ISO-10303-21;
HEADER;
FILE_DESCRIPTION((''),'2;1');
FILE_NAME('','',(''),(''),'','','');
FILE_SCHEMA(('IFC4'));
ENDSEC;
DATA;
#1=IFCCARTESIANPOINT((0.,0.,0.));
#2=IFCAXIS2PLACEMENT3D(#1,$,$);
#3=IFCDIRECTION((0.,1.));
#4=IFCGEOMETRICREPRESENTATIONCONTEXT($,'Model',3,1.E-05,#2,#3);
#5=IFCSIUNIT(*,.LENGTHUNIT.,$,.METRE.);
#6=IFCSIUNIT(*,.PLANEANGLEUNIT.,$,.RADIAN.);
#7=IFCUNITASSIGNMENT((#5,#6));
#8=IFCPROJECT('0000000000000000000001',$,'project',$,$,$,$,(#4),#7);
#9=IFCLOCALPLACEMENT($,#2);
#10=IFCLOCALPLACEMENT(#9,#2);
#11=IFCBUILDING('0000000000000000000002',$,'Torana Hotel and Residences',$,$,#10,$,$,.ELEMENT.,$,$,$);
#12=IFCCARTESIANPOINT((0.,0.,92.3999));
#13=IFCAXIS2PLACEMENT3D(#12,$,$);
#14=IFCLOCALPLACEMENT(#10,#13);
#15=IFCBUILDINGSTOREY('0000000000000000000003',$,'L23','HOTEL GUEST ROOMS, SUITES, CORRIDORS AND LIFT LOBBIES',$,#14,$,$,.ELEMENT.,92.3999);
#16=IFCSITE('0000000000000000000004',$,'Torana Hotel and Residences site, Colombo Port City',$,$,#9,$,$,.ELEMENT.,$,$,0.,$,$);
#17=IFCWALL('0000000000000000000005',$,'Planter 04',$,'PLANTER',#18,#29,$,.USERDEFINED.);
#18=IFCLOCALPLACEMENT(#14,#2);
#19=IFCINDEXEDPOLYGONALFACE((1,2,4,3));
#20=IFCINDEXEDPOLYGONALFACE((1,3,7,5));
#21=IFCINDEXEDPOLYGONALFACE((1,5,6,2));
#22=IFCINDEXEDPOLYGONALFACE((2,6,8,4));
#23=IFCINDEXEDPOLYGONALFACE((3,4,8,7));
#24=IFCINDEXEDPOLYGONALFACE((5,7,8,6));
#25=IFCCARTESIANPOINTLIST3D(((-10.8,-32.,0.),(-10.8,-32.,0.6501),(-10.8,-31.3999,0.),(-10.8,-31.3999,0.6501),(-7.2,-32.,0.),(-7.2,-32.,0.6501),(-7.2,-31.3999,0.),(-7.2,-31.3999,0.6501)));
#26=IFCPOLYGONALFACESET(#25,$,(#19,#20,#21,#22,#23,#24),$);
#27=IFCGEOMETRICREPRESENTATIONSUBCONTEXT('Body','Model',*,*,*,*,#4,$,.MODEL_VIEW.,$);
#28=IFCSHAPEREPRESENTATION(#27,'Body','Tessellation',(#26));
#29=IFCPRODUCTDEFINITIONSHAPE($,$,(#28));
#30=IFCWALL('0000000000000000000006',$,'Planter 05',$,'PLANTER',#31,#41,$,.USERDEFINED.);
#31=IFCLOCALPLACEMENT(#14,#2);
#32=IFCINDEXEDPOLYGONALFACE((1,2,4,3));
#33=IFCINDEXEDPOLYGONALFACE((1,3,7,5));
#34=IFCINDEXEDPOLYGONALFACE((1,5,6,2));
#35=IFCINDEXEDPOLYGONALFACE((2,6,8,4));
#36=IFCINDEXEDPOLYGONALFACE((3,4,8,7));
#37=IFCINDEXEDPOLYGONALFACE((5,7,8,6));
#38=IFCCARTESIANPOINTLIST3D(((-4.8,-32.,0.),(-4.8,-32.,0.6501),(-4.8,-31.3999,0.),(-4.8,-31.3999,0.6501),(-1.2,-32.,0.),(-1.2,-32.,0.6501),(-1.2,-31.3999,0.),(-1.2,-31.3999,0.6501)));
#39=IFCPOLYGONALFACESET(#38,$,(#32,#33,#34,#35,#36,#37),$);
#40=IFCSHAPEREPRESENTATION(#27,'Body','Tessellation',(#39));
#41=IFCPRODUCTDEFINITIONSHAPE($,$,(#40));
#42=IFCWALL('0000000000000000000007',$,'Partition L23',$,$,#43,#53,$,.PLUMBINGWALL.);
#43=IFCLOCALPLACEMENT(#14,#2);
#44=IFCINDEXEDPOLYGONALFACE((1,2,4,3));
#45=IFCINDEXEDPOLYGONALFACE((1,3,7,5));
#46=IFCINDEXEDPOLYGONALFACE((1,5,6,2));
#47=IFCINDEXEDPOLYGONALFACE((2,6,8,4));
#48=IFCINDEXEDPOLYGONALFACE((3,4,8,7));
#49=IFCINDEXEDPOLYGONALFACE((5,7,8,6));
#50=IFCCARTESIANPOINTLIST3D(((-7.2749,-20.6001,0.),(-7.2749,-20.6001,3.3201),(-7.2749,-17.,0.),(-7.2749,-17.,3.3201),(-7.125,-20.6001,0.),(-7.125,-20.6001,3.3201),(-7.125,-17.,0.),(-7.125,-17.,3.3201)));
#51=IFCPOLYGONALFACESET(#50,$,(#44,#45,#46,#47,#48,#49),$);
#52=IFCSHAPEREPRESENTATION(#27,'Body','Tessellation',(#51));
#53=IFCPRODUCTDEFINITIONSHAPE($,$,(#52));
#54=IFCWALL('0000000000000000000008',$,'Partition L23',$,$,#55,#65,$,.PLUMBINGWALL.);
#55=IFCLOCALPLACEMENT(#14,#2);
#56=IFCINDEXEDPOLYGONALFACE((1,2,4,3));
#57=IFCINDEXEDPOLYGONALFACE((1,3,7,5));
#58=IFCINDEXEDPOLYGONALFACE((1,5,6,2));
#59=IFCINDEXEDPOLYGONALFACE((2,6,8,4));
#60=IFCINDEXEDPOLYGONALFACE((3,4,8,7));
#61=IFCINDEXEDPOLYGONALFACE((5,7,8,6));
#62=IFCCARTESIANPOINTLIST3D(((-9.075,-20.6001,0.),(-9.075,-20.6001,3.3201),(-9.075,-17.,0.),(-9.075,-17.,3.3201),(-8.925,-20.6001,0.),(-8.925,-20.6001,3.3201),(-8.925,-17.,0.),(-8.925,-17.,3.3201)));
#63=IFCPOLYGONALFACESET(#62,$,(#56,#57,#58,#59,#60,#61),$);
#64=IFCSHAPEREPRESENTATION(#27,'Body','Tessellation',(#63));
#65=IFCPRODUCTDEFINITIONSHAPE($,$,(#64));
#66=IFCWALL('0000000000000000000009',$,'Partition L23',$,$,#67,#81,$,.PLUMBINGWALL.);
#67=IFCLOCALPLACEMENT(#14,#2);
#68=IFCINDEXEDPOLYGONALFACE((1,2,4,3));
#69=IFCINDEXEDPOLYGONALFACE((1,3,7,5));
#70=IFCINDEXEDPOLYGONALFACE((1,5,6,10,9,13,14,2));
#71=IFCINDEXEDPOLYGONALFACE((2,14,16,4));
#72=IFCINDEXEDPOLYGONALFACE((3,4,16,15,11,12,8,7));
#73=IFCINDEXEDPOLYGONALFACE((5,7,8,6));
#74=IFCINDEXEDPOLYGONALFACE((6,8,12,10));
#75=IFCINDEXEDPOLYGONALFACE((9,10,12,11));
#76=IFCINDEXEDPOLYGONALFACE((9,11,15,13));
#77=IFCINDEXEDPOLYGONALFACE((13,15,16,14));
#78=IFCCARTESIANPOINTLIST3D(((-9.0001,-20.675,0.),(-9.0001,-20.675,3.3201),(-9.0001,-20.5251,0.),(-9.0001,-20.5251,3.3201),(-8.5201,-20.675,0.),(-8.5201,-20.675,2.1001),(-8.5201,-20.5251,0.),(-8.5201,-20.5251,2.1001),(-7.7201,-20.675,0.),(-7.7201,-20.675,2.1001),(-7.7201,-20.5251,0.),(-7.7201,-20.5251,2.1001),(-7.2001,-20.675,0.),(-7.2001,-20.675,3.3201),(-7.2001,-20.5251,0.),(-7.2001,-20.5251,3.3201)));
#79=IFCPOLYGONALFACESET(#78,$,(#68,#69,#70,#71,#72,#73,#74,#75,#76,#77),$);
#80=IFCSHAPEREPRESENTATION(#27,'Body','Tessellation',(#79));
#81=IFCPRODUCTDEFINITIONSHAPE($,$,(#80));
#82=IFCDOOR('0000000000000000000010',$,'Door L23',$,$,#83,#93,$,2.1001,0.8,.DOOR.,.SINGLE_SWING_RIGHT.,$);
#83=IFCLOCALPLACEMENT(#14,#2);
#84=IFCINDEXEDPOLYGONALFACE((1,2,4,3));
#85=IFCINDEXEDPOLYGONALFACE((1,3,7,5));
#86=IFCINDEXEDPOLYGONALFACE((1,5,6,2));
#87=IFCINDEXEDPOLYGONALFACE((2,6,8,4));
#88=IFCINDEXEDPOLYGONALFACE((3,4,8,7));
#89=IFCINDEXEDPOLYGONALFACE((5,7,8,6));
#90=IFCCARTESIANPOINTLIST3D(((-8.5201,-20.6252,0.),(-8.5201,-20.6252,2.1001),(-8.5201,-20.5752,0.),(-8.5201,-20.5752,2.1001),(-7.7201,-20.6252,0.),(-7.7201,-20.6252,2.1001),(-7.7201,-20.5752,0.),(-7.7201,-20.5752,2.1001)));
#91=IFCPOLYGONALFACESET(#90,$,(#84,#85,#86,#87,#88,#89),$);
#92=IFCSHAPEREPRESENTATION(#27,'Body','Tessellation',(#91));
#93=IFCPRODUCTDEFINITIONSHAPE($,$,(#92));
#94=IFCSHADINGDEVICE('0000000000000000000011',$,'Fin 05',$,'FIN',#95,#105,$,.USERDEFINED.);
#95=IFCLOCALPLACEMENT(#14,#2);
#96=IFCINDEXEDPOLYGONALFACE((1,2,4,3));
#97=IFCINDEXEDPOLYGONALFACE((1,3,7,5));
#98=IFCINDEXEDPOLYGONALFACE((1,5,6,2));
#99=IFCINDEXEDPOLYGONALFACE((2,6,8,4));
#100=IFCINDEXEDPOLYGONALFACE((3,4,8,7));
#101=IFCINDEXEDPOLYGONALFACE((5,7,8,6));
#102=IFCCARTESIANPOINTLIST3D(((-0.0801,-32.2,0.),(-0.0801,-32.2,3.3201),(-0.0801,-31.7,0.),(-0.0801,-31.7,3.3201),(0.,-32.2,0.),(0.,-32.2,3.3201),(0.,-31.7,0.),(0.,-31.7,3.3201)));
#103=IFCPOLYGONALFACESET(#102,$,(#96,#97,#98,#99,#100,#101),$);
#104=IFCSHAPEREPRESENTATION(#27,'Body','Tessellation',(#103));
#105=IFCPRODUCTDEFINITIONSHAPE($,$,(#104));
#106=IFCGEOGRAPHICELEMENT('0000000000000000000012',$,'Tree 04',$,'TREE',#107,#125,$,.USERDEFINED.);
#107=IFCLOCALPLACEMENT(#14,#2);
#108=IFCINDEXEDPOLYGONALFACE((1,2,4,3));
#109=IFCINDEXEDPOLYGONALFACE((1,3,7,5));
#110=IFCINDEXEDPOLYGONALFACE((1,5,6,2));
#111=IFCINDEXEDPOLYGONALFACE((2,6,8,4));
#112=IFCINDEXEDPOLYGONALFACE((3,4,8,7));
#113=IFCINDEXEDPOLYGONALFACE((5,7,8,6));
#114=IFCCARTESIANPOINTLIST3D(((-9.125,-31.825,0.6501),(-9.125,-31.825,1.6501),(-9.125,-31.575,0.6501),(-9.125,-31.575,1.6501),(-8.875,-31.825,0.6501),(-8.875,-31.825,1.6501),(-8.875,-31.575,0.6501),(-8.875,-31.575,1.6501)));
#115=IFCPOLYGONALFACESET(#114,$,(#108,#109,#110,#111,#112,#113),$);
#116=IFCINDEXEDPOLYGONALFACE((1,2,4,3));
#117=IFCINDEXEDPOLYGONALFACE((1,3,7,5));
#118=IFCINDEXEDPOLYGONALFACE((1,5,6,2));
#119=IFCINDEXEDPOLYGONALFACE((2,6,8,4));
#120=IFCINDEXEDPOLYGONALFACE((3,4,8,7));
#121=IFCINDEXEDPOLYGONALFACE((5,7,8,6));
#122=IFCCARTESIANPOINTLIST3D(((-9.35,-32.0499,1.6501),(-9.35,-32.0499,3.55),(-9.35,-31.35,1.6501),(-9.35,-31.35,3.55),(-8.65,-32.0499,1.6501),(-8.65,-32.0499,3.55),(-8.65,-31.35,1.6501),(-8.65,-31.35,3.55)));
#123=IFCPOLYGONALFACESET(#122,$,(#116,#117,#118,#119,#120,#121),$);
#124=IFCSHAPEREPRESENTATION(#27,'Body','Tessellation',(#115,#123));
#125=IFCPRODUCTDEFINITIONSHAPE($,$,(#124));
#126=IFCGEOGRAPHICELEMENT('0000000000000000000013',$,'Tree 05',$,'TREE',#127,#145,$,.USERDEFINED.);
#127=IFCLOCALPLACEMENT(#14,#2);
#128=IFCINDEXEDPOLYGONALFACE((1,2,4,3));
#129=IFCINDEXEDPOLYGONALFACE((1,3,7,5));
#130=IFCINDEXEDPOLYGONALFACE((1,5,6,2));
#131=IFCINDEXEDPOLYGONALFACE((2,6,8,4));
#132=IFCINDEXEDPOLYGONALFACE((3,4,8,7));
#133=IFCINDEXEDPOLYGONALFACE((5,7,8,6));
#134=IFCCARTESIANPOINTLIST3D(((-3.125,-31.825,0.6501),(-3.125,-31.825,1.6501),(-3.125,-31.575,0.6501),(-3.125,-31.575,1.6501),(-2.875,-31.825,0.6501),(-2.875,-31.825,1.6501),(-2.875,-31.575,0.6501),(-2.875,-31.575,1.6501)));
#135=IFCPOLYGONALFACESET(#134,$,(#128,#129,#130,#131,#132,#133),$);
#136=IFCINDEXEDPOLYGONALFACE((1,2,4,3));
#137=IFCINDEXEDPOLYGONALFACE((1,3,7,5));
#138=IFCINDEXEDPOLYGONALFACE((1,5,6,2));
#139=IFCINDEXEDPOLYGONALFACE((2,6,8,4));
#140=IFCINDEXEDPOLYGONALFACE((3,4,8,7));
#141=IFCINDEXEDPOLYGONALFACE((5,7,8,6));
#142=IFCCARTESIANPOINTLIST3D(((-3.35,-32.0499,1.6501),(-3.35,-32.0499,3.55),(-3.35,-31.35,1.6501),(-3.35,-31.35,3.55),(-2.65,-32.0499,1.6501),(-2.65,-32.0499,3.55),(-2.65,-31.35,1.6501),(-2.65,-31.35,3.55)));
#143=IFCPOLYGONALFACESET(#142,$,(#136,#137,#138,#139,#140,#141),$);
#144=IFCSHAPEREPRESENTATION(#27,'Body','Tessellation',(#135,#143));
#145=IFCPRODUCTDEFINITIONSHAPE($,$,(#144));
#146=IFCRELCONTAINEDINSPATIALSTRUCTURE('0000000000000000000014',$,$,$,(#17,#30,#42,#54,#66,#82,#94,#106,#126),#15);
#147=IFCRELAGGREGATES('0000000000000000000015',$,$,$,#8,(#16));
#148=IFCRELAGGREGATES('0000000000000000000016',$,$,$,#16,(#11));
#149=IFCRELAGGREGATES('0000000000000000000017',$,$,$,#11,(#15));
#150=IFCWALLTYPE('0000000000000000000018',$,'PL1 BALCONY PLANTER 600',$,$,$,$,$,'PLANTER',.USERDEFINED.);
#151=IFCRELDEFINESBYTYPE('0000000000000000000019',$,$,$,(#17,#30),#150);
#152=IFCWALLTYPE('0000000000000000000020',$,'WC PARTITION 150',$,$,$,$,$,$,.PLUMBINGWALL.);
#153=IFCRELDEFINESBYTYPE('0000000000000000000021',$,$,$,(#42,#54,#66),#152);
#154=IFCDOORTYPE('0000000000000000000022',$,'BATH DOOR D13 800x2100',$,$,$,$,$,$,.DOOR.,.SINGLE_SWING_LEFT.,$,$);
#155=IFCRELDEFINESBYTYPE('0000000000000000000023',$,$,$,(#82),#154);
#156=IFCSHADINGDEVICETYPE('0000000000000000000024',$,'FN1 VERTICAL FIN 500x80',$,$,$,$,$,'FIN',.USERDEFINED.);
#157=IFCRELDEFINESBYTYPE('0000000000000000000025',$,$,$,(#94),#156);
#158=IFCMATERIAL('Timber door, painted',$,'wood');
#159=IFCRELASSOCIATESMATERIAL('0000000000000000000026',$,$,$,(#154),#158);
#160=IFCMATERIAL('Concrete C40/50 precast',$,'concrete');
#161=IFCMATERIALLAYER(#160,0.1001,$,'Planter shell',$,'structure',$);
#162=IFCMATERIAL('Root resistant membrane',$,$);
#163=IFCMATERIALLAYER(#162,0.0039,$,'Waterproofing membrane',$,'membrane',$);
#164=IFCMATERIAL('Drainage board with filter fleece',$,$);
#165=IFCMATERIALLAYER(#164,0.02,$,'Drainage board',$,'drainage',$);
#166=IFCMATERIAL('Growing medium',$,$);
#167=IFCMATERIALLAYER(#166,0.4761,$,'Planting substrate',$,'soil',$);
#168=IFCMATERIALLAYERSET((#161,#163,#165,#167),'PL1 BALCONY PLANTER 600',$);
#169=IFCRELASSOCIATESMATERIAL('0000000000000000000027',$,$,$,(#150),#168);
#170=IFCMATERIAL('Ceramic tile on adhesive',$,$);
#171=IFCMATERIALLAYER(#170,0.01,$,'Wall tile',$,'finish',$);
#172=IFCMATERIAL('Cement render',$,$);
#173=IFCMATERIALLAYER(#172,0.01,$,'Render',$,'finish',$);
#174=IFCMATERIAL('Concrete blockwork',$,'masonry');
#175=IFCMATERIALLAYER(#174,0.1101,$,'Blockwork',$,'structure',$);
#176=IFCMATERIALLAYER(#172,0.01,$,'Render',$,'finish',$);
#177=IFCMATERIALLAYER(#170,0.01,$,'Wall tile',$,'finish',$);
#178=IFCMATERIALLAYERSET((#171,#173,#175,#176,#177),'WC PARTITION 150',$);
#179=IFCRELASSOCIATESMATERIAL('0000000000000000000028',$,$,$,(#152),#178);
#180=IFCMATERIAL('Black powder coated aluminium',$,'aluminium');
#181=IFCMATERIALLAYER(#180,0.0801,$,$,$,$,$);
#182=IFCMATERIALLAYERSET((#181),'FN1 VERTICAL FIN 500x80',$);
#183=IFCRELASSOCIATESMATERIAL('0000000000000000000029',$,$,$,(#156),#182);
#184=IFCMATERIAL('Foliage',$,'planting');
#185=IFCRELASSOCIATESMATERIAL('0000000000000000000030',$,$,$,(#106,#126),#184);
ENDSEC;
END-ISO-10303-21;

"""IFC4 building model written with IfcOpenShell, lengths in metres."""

from ifc_helpers import new_model, si_unit, direction, frame, frame_2d, origin, origin_2d, place, context, subcontext, project, spatial, rectangle, extrude, material, layer, layer_set, type_object, element, fill, save


model = new_model("IFC4")

# Units and contexts
model_context = context("Model", 3, precision=1e-05, world=origin(), true_north=direction((0.0, 1.0)))
body_context = subcontext(model_context, "Body", "Model", "MODEL_VIEW")
ifc_project = project(units=[si_unit("LENGTHUNIT", "METRE"), si_unit("PLANEANGLEUNIT", "RADIAN")], contexts=[model_context])

# Site, building, storey
site_placement = place(None, origin())
site = spatial("IfcSite", under=ifc_project, at=site_placement, Name="Torana Hotel and Residences site, Colombo Port City", CompositionType="ELEMENT", RefElevation=0.0)
building_placement = place(site_placement, origin())
building = spatial("IfcBuilding", under=site, at=building_placement, Name="Torana Hotel and Residences", CompositionType="ELEMENT")
storey_placement = place(building_placement, frame((0.0, 0.0, 92.3999)))
storey = spatial("IfcBuildingStorey", under=building, at=storey_placement, Name="L23", Description="HOTEL GUEST ROOMS, SUITES, CORRIDORS AND LIFT LOBBIES", CompositionType="ELEMENT", Elevation=92.3999)

# Shared definitions
ifc_material_1 = material(Name="Timber door, painted", Category="wood")
door_type_1 = type_object("IfcDoorType", Name="BATH DOOR D13 800x2100", OperationType="SINGLE_SWING_LEFT", PredefinedType="DOOR", material=ifc_material_1)

# Walls
ifc_material_2 = material(Name="Concrete C40/50 precast", Category="concrete")
ifc_layer_1 = layer(ifc_material_2, 0.1001, Name="Planter shell", Category="structure")
ifc_material_3 = material(Name="Root resistant membrane")
ifc_layer_2 = layer(ifc_material_3, 0.0039, Name="Waterproofing membrane", Category="membrane")
ifc_material_4 = material(Name="Drainage board with filter fleece")
ifc_layer_3 = layer(ifc_material_4, 0.02, Name="Drainage board", Category="drainage")
ifc_material_5 = material(Name="Growing medium")
ifc_layer_4 = layer(ifc_material_5, 0.4761, Name="Planting substrate", Category="soil")
ifc_layer_set_1 = layer_set([ifc_layer_1, ifc_layer_2, ifc_layer_3, ifc_layer_4], Name="PL1 BALCONY PLANTER 600")
wall_type_1 = type_object("IfcWallType", Name="PL1 BALCONY PLANTER 600", ElementType="PLANTER", PredefinedType="USERDEFINED", material=ifc_layer_set_1)
for number, where, z_axis, x_axis, name in (
    (1, (-7.2, -31.7, 0.0), (0.0, 0.0, 1.0), (-1.0, 0.0, 0.0), "Planter 04"),
    (2, (-1.2, -31.7, 0.0), (0.0, 0.0, 1.0), (-1.0, 0.0, 0.0), "Planter 05"),
):
    element("IfcWall", number, at=place(storey_placement, frame(where, z_axis=z_axis, x_axis=x_axis)), inside=storey, type_object=wall_type_1, Name=name, ObjectType="PLANTER", PredefinedType="USERDEFINED", context=body_context, shape_type="SweptSolid", body=[
        extrude(rectangle(XDim=3.6001, YDim=0.6001, at=frame_2d((1.8, 0.0))), origin(), (0.0, 0.0, 1.0), 0.6501),
    ])
ifc_material_6 = material(Name="Ceramic tile on adhesive")
ifc_layer_5 = layer(ifc_material_6, 0.01, Name="Wall tile", Category="finish")
ifc_material_7 = material(Name="Cement render")
ifc_layer_6 = layer(ifc_material_7, 0.01, Name="Render", Category="finish")
ifc_material_8 = material(Name="Concrete blockwork", Category="masonry")
ifc_layer_7 = layer(ifc_material_8, 0.1101, Name="Blockwork", Category="structure")
ifc_layer_8 = layer(ifc_material_7, 0.01, Name="Render", Category="finish")
ifc_layer_9 = layer(ifc_material_6, 0.01, Name="Wall tile", Category="finish")
ifc_layer_set_2 = layer_set([ifc_layer_5, ifc_layer_6, ifc_layer_7, ifc_layer_8, ifc_layer_9], Name="WC PARTITION 150")
wall_type_2 = type_object("IfcWallType", Name="WC PARTITION 150", PredefinedType="PLUMBINGWALL", material=ifc_layer_set_2)
for number, where, z_axis, x_axis, name in (
    (3, (-7.2, -20.6001, 0.0), (0.0, 0.0, 1.0), (0.0, 1.0, 0.0), "Partition L23"),
    (4, (-9.0, -20.6001, 0.0), (0.0, 0.0, 1.0), (0.0, 1.0, 0.0), "Partition L23"),
):
    element("IfcWall", number, at=place(storey_placement, frame(where, z_axis=z_axis, x_axis=x_axis)), inside=storey, type_object=wall_type_2, Name=name, PredefinedType="PLUMBINGWALL", context=body_context, shape_type="SweptSolid", body=[
        extrude(rectangle(XDim=3.6001, YDim=0.1499, at=frame_2d((1.8, 0.0))), origin(), (0.0, 0.0, 1.0), 3.3201),
    ])

# Wall, opening, door
wall_1_placement = place(storey_placement, frame((-9.0, -20.6001, 0.0), z_axis=(0.0, 0.0, 1.0), x_axis=(1.0, 0.0, 0.0)))
wall_1 = element("IfcWall", 5, at=wall_1_placement, inside=storey, type_object=wall_type_2, Name="Partition L23", PredefinedType="PLUMBINGWALL", context=body_context, shape_type="SweptSolid", body=[
    extrude(rectangle(XDim=1.8, YDim=0.1499, at=frame_2d((0.8999, 0.0))), origin(), (0.0, 0.0, 1.0), 3.3201),
])
opening_1_placement = place(wall_1_placement, frame((0.48, 0.0, 0.0)))
opening_1 = element("IfcOpeningElement", 6, at=opening_1_placement, cuts=wall_1, PredefinedType="OPENING", context=body_context, shape_type="SweptSolid", body=[
    extrude(rectangle(XDim=0.8, YDim=2.1001, at=frame_2d((0.3999, 1.05))), frame((0.0, 0.085, 0.0), z_axis=(0.0, -1.0, 0.0), x_axis=(1.0, 0.0, 0.0)), (0.0, 0.0, 1.0), 0.1699),
])
door_1_placement = place(opening_1_placement, origin())
door_1 = element("IfcDoor", 7, at=door_1_placement, inside=storey, type_object=door_type_1, Name="Door L23", OperationType="SINGLE_SWING_RIGHT", OverallHeight=2.1001, OverallWidth=0.8, PredefinedType="DOOR", context=body_context, shape_type="SweptSolid", body=[
    extrude(rectangle(XDim=0.8, YDim=2.1001, at=frame_2d((0.3999, 1.05))), frame((0.0, 0.0249, 0.0), z_axis=(0.0, -1.0, 0.0), x_axis=(1.0, 0.0, 0.0)), (0.0, 0.0, 1.0), 0.05),
])
fill(opening_1, door_1)

# Shading device
ifc_material_9 = material(Name="Black powder coated aluminium", Category="aluminium")
ifc_layer_10 = layer(ifc_material_9, 0.0801)
ifc_layer_set_3 = layer_set([ifc_layer_10], Name="FN1 VERTICAL FIN 500x80")
shading_device_type = type_object("IfcShadingDeviceType", Name="FN1 VERTICAL FIN 500x80", ElementType="FIN", PredefinedType="USERDEFINED", material=ifc_layer_set_3)
shading_device_placement = place(storey_placement, frame((-0.04, -31.95, 0.0), z_axis=(0.0, 0.0, 1.0), x_axis=(-1.0, 0.0, 0.0)))
element("IfcShadingDevice", 8, at=shading_device_placement, inside=storey, type_object=shading_device_type, Name="Fin 05", ObjectType="FIN", PredefinedType="USERDEFINED", context=body_context, shape_type="SweptSolid", body=[
    extrude(rectangle(XDim=0.0801, YDim=0.5, at=origin_2d()), origin(), (0.0, 0.0, 1.0), 3.3201),
])

# Geographic elements
ifc_material_10 = material(Name="Foliage", Category="planting")
for number, where, z_axis, x_axis, name in (
    (9, (-9.0, -31.7, 0.6501), (0.0, 0.0, 1.0), (1.0, 0.0, 0.0), "Tree 04"),
    (10, (-3.0, -31.7, 0.6501), (0.0, 0.0, 1.0), (1.0, 0.0, 0.0), "Tree 05"),
):
    element("IfcGeographicElement", number, at=place(storey_placement, frame(where, z_axis=z_axis, x_axis=x_axis)), inside=storey, material=ifc_material_10, Name=name, ObjectType="TREE", PredefinedType="USERDEFINED", context=body_context, shape_type="SweptSolid", body=[
        extrude(rectangle(XDim=0.25, YDim=0.25, at=origin_2d()), origin(), (0.0, 0.0, 1.0), 1.0),
        extrude(rectangle(XDim=0.7, YDim=0.7, at=origin_2d()), frame((0.0, 0.0, 1.0)), (0.0, 0.0, 1.0), 1.8999),
    ])

save(model, "model.ifc")
